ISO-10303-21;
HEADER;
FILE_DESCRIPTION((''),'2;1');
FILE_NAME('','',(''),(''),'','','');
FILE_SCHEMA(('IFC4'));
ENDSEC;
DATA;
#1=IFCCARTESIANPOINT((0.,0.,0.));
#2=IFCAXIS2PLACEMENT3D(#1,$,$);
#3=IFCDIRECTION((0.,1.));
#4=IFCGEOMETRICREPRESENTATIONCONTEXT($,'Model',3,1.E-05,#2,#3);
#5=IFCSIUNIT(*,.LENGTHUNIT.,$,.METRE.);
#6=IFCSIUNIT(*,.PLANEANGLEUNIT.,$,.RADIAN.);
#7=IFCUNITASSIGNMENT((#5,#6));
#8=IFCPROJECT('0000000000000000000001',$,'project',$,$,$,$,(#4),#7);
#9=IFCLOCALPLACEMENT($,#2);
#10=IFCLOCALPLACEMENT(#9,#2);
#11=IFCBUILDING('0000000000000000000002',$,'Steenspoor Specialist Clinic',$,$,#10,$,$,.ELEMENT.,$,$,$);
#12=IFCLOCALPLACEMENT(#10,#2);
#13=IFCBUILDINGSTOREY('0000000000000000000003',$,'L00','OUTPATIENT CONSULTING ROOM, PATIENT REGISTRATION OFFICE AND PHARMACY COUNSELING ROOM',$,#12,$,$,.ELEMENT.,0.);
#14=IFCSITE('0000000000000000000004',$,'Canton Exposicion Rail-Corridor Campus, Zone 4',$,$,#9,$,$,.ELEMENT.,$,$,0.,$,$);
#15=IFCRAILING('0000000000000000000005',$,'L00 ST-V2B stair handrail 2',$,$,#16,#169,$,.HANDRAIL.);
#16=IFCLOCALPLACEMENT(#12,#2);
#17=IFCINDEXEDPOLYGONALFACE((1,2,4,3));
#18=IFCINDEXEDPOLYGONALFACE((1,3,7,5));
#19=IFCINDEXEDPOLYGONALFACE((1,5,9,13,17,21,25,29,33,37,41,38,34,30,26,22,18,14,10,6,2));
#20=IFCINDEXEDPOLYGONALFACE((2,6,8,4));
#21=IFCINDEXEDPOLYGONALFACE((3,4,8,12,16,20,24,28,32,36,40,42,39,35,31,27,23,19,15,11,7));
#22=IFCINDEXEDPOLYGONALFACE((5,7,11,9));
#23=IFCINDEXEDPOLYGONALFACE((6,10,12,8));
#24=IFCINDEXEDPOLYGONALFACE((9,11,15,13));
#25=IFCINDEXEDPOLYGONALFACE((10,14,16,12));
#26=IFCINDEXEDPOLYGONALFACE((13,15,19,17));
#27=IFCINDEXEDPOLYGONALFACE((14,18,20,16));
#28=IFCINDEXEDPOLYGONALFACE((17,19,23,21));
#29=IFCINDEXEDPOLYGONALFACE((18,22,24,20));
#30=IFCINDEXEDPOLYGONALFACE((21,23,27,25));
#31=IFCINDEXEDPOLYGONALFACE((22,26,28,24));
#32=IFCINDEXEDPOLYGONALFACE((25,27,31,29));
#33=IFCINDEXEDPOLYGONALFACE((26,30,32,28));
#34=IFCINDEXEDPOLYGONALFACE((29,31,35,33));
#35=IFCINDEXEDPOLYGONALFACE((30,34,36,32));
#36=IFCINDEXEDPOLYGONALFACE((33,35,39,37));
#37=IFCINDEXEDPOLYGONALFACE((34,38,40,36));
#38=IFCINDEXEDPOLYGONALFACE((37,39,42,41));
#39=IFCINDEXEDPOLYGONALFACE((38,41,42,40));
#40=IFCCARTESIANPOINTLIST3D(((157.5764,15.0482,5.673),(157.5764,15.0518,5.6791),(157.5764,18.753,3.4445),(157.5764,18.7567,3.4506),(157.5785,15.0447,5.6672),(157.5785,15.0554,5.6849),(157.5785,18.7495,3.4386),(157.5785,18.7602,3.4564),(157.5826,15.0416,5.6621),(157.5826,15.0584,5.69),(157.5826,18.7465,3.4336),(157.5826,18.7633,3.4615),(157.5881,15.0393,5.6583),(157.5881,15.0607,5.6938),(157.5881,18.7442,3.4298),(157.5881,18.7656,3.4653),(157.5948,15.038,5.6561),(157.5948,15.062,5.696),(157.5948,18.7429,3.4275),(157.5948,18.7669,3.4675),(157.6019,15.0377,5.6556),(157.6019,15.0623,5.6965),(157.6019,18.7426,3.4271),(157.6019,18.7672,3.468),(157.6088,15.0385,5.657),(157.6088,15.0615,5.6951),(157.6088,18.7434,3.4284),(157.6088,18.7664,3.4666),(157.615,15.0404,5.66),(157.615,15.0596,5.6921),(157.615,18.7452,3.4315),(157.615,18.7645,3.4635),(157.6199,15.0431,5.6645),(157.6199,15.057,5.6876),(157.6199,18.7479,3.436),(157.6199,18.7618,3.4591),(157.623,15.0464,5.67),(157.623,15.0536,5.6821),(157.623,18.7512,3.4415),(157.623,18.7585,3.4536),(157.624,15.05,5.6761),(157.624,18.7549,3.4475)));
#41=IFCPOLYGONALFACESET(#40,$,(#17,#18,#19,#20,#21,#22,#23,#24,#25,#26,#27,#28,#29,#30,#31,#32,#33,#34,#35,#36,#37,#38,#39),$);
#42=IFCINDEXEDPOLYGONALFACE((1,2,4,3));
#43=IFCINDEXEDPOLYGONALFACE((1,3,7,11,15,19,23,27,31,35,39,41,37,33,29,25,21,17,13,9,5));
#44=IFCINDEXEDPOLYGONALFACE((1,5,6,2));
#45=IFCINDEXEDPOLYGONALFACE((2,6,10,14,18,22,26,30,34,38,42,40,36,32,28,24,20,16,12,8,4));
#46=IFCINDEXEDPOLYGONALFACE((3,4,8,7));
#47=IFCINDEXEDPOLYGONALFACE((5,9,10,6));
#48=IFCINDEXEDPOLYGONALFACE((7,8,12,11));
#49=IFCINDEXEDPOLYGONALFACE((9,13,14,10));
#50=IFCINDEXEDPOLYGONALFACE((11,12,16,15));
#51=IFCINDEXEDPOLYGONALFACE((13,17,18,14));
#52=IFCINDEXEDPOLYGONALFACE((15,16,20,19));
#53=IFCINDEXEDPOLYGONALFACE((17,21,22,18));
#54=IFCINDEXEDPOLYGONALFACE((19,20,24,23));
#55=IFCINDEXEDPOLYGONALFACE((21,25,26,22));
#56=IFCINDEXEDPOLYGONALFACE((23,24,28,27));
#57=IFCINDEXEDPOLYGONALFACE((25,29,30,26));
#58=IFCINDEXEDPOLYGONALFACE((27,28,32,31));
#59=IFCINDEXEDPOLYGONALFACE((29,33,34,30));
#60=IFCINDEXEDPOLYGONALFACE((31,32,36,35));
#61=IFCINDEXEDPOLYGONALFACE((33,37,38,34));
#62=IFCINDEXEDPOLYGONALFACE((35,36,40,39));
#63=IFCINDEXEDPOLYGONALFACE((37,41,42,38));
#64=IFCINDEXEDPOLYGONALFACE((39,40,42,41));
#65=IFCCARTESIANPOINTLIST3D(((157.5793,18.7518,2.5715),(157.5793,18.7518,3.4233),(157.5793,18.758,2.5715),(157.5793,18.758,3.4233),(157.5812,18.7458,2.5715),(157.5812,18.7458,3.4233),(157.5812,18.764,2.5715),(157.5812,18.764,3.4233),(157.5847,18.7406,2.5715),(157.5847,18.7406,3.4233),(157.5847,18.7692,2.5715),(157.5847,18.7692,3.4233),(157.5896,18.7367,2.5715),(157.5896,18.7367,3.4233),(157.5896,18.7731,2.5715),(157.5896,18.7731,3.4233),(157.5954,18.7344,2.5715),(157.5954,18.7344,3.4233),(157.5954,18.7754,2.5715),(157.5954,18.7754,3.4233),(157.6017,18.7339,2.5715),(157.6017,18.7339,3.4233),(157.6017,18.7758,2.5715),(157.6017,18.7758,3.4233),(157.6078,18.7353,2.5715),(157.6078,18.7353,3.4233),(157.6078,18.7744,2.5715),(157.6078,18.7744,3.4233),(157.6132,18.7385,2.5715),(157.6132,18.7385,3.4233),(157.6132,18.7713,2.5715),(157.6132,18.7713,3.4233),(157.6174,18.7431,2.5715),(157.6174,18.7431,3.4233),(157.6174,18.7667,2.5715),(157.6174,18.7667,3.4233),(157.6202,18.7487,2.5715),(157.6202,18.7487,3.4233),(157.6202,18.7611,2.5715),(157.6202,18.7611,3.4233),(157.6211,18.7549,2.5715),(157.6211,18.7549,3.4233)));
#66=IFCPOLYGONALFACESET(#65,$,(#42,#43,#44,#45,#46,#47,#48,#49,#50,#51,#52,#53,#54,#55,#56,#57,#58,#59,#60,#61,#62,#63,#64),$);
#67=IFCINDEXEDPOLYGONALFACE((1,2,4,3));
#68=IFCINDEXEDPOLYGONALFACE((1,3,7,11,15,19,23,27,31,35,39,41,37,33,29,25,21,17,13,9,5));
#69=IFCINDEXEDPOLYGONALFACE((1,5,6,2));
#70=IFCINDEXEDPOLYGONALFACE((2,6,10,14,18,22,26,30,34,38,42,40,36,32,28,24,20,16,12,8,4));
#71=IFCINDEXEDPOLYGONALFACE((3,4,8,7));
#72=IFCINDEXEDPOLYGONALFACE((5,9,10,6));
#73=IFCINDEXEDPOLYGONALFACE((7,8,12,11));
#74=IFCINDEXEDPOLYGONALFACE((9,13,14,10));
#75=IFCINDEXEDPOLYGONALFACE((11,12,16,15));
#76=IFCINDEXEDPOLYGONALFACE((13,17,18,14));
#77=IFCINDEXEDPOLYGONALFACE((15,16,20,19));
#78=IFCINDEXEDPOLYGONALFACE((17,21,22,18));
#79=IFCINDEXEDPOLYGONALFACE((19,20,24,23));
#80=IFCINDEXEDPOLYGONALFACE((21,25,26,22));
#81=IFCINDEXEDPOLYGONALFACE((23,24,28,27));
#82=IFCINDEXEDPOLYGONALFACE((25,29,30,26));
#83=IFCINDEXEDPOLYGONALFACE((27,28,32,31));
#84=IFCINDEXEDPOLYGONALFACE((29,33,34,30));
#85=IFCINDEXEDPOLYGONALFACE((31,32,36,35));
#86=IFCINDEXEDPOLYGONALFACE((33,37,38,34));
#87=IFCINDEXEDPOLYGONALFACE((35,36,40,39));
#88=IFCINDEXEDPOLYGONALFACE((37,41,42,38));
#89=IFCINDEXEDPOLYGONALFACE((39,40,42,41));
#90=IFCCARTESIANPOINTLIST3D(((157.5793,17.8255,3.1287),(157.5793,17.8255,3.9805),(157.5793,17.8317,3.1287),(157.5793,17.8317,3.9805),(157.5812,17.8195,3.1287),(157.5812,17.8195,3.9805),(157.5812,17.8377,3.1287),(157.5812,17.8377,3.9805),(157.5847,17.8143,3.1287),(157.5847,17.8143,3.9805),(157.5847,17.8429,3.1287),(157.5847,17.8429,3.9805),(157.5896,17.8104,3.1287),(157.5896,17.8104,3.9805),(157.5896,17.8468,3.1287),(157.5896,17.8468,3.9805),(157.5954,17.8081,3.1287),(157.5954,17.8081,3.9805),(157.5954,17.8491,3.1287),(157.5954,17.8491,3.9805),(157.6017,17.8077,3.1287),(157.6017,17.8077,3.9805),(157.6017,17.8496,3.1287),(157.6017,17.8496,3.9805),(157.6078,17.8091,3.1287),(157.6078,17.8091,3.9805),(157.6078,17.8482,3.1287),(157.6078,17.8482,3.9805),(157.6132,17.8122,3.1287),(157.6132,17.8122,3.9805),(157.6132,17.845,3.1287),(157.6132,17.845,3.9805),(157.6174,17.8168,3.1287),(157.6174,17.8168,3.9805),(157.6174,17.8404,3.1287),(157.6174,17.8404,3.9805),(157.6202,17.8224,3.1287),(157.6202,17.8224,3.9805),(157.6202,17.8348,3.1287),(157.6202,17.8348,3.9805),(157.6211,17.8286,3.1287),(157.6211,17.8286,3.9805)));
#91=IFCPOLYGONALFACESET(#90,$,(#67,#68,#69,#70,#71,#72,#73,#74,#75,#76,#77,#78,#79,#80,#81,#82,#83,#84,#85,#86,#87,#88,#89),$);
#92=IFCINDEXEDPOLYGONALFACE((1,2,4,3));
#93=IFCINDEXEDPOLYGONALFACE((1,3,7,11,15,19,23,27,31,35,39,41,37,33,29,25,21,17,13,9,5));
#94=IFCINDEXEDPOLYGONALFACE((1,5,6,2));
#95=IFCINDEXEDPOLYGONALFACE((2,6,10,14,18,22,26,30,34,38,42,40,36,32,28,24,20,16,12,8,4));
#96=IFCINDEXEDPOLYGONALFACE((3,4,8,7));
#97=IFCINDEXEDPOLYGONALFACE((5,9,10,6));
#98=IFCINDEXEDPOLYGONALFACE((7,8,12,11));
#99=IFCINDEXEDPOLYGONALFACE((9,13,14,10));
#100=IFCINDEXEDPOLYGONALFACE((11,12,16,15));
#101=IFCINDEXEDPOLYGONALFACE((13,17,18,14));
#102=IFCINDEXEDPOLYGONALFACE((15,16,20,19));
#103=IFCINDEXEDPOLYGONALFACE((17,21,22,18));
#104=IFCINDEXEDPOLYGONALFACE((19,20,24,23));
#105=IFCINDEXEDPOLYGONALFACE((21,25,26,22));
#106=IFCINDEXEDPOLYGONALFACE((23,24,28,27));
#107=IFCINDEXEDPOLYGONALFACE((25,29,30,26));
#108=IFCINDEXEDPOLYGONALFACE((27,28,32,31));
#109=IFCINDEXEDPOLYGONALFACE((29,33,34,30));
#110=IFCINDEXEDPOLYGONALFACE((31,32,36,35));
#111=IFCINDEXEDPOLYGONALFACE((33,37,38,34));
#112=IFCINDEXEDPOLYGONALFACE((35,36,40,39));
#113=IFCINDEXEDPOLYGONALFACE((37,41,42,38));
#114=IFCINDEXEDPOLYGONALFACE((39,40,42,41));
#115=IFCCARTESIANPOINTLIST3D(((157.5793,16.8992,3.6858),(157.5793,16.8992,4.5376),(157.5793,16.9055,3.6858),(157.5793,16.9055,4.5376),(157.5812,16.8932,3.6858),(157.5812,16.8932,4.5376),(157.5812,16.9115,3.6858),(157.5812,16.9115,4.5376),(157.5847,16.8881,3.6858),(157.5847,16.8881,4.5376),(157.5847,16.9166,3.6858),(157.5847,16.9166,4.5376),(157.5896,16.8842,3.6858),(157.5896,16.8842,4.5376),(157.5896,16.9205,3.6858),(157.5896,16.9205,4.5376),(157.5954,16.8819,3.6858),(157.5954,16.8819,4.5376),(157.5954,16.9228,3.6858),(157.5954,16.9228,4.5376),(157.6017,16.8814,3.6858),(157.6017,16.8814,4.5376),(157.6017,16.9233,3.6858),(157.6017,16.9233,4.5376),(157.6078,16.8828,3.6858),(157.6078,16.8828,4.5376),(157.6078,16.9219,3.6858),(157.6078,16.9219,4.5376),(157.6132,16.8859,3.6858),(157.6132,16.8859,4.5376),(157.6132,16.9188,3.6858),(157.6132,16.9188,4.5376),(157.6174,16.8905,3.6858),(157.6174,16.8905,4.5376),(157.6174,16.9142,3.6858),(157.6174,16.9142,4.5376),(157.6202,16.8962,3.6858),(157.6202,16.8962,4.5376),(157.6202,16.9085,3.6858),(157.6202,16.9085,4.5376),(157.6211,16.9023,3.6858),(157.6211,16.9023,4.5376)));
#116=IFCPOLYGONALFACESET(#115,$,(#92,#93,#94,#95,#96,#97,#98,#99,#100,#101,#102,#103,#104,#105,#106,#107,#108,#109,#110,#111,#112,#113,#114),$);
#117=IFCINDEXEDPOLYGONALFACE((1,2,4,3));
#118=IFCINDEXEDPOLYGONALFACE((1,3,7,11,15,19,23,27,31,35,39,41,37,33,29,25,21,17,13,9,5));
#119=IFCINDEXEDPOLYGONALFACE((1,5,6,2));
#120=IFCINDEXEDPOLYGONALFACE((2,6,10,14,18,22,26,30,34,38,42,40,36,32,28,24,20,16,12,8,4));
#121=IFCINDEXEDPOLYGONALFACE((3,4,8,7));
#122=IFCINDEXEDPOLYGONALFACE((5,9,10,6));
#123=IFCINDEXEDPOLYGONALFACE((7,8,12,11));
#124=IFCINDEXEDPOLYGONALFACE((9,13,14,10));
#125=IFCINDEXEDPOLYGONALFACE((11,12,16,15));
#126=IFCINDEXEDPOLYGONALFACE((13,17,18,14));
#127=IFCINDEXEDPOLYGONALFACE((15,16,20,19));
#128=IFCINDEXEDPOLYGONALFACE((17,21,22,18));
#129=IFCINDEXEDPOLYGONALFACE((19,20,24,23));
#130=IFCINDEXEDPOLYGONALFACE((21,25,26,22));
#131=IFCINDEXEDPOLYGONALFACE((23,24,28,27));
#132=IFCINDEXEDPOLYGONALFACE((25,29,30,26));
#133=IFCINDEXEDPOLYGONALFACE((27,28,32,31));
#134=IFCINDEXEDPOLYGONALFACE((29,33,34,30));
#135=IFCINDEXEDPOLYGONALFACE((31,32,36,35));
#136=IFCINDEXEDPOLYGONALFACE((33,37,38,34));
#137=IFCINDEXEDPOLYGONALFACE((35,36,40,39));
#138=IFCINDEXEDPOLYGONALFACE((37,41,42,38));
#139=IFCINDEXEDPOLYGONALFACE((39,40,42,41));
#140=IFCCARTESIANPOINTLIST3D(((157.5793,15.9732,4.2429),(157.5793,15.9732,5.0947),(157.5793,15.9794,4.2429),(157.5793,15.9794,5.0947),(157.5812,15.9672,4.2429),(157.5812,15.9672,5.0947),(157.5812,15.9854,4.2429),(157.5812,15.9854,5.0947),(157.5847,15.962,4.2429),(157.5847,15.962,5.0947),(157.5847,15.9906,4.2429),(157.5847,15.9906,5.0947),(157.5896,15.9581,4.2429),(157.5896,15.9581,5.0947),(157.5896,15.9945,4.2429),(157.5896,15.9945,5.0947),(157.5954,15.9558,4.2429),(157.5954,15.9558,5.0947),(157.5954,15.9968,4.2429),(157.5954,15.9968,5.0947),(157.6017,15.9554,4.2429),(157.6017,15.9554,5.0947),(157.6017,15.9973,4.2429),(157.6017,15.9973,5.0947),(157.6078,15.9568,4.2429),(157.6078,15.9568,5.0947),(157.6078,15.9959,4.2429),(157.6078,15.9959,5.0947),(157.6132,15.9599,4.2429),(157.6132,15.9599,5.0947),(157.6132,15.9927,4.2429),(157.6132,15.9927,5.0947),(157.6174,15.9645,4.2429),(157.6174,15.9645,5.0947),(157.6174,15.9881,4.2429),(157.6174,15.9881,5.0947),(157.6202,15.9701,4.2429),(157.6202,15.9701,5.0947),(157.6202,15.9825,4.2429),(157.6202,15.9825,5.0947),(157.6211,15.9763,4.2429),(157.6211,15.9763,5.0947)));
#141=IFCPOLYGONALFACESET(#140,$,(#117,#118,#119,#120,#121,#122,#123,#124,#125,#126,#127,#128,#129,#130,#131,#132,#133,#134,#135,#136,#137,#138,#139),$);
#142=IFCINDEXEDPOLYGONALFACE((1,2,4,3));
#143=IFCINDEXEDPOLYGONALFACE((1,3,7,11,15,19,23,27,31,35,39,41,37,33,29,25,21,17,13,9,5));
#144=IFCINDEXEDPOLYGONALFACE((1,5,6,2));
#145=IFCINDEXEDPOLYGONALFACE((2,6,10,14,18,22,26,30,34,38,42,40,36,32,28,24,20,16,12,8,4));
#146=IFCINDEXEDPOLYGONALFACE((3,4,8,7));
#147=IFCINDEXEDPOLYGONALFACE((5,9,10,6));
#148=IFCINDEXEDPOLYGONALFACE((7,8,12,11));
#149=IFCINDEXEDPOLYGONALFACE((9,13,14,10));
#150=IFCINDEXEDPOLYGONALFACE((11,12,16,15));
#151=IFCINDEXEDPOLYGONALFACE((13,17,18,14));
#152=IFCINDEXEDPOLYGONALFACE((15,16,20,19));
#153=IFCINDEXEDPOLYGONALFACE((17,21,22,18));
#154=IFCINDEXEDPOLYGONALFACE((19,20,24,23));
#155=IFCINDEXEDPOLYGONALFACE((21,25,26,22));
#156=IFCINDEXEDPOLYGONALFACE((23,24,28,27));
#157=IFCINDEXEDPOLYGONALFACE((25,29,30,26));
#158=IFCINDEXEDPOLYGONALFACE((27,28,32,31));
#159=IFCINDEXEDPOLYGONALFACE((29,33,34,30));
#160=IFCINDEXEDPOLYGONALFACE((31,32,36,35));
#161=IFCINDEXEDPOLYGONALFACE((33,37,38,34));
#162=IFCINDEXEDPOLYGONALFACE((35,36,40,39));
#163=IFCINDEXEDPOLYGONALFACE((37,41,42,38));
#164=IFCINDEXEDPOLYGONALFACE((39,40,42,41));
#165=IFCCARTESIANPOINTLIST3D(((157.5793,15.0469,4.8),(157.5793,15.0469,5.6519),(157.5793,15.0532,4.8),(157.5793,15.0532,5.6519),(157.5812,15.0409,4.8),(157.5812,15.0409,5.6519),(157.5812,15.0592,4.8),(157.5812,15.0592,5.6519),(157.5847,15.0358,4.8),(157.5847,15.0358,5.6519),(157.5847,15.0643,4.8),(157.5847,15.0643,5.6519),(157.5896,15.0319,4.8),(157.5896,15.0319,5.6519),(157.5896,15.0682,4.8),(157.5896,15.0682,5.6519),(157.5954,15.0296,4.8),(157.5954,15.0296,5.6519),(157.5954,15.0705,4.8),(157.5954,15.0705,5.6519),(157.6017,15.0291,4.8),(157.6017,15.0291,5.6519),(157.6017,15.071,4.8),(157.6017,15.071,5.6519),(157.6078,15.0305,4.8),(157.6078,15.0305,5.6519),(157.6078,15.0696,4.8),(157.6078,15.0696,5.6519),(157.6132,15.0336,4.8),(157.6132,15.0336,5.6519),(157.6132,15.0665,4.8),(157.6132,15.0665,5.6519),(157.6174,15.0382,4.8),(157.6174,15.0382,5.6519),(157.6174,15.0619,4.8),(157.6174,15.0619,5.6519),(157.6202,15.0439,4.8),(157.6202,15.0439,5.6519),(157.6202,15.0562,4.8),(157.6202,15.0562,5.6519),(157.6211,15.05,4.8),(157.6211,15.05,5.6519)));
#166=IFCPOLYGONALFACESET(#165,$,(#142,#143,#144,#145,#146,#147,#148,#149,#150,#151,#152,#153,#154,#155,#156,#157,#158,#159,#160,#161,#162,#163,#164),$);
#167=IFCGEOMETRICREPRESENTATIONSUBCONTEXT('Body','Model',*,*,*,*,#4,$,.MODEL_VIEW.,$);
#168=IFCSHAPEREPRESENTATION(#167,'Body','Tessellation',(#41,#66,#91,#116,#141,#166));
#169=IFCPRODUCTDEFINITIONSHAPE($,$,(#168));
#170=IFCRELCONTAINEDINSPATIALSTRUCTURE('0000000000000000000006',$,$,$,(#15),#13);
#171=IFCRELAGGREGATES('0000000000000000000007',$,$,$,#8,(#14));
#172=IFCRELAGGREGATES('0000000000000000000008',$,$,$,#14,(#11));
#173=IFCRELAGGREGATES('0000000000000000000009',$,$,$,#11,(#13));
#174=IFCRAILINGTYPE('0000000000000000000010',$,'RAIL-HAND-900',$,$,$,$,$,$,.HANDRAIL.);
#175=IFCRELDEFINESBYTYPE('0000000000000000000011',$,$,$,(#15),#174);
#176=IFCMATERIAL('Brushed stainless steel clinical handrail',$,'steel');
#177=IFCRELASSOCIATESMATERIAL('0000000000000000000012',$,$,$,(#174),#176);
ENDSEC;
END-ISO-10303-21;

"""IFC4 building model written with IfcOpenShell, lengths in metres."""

from ifc_helpers import new_model, si_unit, direction, frame, origin, origin_2d, place, context, subcontext, project, spatial, circle, extrude, material, type_object, element, save


model = new_model("IFC4")

# Units and contexts
model_context = context("Model", 3, precision=1e-05, world=origin(), true_north=direction((0.0, 1.0)))
body_context = subcontext(model_context, "Body", "Model", "MODEL_VIEW")
ifc_project = project(units=[si_unit("LENGTHUNIT", "METRE"), si_unit("PLANEANGLEUNIT", "RADIAN")], contexts=[model_context])

# Site, building, storey
site_placement = place(None, origin())
site = spatial("IfcSite", under=ifc_project, at=site_placement, Name="Canton Exposicion Rail-Corridor Campus, Zone 4", CompositionType="ELEMENT", RefElevation=0.0)
building_placement = place(site_placement, origin())
building = spatial("IfcBuilding", under=site, at=building_placement, Name="Steenspoor Specialist Clinic", CompositionType="ELEMENT")
storey_placement = place(building_placement, origin())
storey = spatial("IfcBuildingStorey", under=building, at=storey_placement, Name="L00", Description="OUTPATIENT CONSULTING ROOM, PATIENT REGISTRATION OFFICE AND PHARMACY COUNSELING ROOM", CompositionType="ELEMENT", Elevation=0.0)

# Railing
ifc_material_1 = material(Name="Brushed stainless steel clinical handrail", Category="steel")
railing_type_1 = type_object("IfcRailingType", Name="RAIL-HAND-900", PredefinedType="HANDRAIL", material=ifc_material_1)
railing_1_placement = place(storey_placement, frame((157.6001, 18.7549, 2.5715)))
element("IfcRailing", 1, at=railing_1_placement, inside=storey, type_object=railing_type_1, Name="L00 ST-V2B stair handrail 2", PredefinedType="HANDRAIL", context=body_context, shape_type="SweptSolid", body=[
    extrude(circle(Radius=0.0239, at=origin_2d()), frame((0.0, 0.0, 0.876), z_axis=(0.0, -0.856919, 0.51545), x_axis=(1.0, 0.0, 0.0)), (0.0, 0.0, 1.0), 4.3235),
    extrude(circle(Radius=0.021, at=origin_2d()), origin(), (0.0, 0.0, 1.0), 0.8518),
    extrude(circle(Radius=0.021, at=origin_2d()), frame((0.0, -0.9263, 0.5571)), (0.0, 0.0, 1.0), 0.8518),
    extrude(circle(Radius=0.021, at=origin_2d()), frame((0.0, -1.8525, 1.1143)), (0.0, 0.0, 1.0), 0.8518),
    extrude(circle(Radius=0.021, at=origin_2d()), frame((0.0, -2.7786, 1.6714)), (0.0, 0.0, 1.0), 0.8518),
    extrude(circle(Radius=0.021, at=origin_2d()), frame((0.0, -3.7048, 2.2285)), (0.0, 0.0, 1.0), 0.8518),
])

save(model, "model.ifc")
